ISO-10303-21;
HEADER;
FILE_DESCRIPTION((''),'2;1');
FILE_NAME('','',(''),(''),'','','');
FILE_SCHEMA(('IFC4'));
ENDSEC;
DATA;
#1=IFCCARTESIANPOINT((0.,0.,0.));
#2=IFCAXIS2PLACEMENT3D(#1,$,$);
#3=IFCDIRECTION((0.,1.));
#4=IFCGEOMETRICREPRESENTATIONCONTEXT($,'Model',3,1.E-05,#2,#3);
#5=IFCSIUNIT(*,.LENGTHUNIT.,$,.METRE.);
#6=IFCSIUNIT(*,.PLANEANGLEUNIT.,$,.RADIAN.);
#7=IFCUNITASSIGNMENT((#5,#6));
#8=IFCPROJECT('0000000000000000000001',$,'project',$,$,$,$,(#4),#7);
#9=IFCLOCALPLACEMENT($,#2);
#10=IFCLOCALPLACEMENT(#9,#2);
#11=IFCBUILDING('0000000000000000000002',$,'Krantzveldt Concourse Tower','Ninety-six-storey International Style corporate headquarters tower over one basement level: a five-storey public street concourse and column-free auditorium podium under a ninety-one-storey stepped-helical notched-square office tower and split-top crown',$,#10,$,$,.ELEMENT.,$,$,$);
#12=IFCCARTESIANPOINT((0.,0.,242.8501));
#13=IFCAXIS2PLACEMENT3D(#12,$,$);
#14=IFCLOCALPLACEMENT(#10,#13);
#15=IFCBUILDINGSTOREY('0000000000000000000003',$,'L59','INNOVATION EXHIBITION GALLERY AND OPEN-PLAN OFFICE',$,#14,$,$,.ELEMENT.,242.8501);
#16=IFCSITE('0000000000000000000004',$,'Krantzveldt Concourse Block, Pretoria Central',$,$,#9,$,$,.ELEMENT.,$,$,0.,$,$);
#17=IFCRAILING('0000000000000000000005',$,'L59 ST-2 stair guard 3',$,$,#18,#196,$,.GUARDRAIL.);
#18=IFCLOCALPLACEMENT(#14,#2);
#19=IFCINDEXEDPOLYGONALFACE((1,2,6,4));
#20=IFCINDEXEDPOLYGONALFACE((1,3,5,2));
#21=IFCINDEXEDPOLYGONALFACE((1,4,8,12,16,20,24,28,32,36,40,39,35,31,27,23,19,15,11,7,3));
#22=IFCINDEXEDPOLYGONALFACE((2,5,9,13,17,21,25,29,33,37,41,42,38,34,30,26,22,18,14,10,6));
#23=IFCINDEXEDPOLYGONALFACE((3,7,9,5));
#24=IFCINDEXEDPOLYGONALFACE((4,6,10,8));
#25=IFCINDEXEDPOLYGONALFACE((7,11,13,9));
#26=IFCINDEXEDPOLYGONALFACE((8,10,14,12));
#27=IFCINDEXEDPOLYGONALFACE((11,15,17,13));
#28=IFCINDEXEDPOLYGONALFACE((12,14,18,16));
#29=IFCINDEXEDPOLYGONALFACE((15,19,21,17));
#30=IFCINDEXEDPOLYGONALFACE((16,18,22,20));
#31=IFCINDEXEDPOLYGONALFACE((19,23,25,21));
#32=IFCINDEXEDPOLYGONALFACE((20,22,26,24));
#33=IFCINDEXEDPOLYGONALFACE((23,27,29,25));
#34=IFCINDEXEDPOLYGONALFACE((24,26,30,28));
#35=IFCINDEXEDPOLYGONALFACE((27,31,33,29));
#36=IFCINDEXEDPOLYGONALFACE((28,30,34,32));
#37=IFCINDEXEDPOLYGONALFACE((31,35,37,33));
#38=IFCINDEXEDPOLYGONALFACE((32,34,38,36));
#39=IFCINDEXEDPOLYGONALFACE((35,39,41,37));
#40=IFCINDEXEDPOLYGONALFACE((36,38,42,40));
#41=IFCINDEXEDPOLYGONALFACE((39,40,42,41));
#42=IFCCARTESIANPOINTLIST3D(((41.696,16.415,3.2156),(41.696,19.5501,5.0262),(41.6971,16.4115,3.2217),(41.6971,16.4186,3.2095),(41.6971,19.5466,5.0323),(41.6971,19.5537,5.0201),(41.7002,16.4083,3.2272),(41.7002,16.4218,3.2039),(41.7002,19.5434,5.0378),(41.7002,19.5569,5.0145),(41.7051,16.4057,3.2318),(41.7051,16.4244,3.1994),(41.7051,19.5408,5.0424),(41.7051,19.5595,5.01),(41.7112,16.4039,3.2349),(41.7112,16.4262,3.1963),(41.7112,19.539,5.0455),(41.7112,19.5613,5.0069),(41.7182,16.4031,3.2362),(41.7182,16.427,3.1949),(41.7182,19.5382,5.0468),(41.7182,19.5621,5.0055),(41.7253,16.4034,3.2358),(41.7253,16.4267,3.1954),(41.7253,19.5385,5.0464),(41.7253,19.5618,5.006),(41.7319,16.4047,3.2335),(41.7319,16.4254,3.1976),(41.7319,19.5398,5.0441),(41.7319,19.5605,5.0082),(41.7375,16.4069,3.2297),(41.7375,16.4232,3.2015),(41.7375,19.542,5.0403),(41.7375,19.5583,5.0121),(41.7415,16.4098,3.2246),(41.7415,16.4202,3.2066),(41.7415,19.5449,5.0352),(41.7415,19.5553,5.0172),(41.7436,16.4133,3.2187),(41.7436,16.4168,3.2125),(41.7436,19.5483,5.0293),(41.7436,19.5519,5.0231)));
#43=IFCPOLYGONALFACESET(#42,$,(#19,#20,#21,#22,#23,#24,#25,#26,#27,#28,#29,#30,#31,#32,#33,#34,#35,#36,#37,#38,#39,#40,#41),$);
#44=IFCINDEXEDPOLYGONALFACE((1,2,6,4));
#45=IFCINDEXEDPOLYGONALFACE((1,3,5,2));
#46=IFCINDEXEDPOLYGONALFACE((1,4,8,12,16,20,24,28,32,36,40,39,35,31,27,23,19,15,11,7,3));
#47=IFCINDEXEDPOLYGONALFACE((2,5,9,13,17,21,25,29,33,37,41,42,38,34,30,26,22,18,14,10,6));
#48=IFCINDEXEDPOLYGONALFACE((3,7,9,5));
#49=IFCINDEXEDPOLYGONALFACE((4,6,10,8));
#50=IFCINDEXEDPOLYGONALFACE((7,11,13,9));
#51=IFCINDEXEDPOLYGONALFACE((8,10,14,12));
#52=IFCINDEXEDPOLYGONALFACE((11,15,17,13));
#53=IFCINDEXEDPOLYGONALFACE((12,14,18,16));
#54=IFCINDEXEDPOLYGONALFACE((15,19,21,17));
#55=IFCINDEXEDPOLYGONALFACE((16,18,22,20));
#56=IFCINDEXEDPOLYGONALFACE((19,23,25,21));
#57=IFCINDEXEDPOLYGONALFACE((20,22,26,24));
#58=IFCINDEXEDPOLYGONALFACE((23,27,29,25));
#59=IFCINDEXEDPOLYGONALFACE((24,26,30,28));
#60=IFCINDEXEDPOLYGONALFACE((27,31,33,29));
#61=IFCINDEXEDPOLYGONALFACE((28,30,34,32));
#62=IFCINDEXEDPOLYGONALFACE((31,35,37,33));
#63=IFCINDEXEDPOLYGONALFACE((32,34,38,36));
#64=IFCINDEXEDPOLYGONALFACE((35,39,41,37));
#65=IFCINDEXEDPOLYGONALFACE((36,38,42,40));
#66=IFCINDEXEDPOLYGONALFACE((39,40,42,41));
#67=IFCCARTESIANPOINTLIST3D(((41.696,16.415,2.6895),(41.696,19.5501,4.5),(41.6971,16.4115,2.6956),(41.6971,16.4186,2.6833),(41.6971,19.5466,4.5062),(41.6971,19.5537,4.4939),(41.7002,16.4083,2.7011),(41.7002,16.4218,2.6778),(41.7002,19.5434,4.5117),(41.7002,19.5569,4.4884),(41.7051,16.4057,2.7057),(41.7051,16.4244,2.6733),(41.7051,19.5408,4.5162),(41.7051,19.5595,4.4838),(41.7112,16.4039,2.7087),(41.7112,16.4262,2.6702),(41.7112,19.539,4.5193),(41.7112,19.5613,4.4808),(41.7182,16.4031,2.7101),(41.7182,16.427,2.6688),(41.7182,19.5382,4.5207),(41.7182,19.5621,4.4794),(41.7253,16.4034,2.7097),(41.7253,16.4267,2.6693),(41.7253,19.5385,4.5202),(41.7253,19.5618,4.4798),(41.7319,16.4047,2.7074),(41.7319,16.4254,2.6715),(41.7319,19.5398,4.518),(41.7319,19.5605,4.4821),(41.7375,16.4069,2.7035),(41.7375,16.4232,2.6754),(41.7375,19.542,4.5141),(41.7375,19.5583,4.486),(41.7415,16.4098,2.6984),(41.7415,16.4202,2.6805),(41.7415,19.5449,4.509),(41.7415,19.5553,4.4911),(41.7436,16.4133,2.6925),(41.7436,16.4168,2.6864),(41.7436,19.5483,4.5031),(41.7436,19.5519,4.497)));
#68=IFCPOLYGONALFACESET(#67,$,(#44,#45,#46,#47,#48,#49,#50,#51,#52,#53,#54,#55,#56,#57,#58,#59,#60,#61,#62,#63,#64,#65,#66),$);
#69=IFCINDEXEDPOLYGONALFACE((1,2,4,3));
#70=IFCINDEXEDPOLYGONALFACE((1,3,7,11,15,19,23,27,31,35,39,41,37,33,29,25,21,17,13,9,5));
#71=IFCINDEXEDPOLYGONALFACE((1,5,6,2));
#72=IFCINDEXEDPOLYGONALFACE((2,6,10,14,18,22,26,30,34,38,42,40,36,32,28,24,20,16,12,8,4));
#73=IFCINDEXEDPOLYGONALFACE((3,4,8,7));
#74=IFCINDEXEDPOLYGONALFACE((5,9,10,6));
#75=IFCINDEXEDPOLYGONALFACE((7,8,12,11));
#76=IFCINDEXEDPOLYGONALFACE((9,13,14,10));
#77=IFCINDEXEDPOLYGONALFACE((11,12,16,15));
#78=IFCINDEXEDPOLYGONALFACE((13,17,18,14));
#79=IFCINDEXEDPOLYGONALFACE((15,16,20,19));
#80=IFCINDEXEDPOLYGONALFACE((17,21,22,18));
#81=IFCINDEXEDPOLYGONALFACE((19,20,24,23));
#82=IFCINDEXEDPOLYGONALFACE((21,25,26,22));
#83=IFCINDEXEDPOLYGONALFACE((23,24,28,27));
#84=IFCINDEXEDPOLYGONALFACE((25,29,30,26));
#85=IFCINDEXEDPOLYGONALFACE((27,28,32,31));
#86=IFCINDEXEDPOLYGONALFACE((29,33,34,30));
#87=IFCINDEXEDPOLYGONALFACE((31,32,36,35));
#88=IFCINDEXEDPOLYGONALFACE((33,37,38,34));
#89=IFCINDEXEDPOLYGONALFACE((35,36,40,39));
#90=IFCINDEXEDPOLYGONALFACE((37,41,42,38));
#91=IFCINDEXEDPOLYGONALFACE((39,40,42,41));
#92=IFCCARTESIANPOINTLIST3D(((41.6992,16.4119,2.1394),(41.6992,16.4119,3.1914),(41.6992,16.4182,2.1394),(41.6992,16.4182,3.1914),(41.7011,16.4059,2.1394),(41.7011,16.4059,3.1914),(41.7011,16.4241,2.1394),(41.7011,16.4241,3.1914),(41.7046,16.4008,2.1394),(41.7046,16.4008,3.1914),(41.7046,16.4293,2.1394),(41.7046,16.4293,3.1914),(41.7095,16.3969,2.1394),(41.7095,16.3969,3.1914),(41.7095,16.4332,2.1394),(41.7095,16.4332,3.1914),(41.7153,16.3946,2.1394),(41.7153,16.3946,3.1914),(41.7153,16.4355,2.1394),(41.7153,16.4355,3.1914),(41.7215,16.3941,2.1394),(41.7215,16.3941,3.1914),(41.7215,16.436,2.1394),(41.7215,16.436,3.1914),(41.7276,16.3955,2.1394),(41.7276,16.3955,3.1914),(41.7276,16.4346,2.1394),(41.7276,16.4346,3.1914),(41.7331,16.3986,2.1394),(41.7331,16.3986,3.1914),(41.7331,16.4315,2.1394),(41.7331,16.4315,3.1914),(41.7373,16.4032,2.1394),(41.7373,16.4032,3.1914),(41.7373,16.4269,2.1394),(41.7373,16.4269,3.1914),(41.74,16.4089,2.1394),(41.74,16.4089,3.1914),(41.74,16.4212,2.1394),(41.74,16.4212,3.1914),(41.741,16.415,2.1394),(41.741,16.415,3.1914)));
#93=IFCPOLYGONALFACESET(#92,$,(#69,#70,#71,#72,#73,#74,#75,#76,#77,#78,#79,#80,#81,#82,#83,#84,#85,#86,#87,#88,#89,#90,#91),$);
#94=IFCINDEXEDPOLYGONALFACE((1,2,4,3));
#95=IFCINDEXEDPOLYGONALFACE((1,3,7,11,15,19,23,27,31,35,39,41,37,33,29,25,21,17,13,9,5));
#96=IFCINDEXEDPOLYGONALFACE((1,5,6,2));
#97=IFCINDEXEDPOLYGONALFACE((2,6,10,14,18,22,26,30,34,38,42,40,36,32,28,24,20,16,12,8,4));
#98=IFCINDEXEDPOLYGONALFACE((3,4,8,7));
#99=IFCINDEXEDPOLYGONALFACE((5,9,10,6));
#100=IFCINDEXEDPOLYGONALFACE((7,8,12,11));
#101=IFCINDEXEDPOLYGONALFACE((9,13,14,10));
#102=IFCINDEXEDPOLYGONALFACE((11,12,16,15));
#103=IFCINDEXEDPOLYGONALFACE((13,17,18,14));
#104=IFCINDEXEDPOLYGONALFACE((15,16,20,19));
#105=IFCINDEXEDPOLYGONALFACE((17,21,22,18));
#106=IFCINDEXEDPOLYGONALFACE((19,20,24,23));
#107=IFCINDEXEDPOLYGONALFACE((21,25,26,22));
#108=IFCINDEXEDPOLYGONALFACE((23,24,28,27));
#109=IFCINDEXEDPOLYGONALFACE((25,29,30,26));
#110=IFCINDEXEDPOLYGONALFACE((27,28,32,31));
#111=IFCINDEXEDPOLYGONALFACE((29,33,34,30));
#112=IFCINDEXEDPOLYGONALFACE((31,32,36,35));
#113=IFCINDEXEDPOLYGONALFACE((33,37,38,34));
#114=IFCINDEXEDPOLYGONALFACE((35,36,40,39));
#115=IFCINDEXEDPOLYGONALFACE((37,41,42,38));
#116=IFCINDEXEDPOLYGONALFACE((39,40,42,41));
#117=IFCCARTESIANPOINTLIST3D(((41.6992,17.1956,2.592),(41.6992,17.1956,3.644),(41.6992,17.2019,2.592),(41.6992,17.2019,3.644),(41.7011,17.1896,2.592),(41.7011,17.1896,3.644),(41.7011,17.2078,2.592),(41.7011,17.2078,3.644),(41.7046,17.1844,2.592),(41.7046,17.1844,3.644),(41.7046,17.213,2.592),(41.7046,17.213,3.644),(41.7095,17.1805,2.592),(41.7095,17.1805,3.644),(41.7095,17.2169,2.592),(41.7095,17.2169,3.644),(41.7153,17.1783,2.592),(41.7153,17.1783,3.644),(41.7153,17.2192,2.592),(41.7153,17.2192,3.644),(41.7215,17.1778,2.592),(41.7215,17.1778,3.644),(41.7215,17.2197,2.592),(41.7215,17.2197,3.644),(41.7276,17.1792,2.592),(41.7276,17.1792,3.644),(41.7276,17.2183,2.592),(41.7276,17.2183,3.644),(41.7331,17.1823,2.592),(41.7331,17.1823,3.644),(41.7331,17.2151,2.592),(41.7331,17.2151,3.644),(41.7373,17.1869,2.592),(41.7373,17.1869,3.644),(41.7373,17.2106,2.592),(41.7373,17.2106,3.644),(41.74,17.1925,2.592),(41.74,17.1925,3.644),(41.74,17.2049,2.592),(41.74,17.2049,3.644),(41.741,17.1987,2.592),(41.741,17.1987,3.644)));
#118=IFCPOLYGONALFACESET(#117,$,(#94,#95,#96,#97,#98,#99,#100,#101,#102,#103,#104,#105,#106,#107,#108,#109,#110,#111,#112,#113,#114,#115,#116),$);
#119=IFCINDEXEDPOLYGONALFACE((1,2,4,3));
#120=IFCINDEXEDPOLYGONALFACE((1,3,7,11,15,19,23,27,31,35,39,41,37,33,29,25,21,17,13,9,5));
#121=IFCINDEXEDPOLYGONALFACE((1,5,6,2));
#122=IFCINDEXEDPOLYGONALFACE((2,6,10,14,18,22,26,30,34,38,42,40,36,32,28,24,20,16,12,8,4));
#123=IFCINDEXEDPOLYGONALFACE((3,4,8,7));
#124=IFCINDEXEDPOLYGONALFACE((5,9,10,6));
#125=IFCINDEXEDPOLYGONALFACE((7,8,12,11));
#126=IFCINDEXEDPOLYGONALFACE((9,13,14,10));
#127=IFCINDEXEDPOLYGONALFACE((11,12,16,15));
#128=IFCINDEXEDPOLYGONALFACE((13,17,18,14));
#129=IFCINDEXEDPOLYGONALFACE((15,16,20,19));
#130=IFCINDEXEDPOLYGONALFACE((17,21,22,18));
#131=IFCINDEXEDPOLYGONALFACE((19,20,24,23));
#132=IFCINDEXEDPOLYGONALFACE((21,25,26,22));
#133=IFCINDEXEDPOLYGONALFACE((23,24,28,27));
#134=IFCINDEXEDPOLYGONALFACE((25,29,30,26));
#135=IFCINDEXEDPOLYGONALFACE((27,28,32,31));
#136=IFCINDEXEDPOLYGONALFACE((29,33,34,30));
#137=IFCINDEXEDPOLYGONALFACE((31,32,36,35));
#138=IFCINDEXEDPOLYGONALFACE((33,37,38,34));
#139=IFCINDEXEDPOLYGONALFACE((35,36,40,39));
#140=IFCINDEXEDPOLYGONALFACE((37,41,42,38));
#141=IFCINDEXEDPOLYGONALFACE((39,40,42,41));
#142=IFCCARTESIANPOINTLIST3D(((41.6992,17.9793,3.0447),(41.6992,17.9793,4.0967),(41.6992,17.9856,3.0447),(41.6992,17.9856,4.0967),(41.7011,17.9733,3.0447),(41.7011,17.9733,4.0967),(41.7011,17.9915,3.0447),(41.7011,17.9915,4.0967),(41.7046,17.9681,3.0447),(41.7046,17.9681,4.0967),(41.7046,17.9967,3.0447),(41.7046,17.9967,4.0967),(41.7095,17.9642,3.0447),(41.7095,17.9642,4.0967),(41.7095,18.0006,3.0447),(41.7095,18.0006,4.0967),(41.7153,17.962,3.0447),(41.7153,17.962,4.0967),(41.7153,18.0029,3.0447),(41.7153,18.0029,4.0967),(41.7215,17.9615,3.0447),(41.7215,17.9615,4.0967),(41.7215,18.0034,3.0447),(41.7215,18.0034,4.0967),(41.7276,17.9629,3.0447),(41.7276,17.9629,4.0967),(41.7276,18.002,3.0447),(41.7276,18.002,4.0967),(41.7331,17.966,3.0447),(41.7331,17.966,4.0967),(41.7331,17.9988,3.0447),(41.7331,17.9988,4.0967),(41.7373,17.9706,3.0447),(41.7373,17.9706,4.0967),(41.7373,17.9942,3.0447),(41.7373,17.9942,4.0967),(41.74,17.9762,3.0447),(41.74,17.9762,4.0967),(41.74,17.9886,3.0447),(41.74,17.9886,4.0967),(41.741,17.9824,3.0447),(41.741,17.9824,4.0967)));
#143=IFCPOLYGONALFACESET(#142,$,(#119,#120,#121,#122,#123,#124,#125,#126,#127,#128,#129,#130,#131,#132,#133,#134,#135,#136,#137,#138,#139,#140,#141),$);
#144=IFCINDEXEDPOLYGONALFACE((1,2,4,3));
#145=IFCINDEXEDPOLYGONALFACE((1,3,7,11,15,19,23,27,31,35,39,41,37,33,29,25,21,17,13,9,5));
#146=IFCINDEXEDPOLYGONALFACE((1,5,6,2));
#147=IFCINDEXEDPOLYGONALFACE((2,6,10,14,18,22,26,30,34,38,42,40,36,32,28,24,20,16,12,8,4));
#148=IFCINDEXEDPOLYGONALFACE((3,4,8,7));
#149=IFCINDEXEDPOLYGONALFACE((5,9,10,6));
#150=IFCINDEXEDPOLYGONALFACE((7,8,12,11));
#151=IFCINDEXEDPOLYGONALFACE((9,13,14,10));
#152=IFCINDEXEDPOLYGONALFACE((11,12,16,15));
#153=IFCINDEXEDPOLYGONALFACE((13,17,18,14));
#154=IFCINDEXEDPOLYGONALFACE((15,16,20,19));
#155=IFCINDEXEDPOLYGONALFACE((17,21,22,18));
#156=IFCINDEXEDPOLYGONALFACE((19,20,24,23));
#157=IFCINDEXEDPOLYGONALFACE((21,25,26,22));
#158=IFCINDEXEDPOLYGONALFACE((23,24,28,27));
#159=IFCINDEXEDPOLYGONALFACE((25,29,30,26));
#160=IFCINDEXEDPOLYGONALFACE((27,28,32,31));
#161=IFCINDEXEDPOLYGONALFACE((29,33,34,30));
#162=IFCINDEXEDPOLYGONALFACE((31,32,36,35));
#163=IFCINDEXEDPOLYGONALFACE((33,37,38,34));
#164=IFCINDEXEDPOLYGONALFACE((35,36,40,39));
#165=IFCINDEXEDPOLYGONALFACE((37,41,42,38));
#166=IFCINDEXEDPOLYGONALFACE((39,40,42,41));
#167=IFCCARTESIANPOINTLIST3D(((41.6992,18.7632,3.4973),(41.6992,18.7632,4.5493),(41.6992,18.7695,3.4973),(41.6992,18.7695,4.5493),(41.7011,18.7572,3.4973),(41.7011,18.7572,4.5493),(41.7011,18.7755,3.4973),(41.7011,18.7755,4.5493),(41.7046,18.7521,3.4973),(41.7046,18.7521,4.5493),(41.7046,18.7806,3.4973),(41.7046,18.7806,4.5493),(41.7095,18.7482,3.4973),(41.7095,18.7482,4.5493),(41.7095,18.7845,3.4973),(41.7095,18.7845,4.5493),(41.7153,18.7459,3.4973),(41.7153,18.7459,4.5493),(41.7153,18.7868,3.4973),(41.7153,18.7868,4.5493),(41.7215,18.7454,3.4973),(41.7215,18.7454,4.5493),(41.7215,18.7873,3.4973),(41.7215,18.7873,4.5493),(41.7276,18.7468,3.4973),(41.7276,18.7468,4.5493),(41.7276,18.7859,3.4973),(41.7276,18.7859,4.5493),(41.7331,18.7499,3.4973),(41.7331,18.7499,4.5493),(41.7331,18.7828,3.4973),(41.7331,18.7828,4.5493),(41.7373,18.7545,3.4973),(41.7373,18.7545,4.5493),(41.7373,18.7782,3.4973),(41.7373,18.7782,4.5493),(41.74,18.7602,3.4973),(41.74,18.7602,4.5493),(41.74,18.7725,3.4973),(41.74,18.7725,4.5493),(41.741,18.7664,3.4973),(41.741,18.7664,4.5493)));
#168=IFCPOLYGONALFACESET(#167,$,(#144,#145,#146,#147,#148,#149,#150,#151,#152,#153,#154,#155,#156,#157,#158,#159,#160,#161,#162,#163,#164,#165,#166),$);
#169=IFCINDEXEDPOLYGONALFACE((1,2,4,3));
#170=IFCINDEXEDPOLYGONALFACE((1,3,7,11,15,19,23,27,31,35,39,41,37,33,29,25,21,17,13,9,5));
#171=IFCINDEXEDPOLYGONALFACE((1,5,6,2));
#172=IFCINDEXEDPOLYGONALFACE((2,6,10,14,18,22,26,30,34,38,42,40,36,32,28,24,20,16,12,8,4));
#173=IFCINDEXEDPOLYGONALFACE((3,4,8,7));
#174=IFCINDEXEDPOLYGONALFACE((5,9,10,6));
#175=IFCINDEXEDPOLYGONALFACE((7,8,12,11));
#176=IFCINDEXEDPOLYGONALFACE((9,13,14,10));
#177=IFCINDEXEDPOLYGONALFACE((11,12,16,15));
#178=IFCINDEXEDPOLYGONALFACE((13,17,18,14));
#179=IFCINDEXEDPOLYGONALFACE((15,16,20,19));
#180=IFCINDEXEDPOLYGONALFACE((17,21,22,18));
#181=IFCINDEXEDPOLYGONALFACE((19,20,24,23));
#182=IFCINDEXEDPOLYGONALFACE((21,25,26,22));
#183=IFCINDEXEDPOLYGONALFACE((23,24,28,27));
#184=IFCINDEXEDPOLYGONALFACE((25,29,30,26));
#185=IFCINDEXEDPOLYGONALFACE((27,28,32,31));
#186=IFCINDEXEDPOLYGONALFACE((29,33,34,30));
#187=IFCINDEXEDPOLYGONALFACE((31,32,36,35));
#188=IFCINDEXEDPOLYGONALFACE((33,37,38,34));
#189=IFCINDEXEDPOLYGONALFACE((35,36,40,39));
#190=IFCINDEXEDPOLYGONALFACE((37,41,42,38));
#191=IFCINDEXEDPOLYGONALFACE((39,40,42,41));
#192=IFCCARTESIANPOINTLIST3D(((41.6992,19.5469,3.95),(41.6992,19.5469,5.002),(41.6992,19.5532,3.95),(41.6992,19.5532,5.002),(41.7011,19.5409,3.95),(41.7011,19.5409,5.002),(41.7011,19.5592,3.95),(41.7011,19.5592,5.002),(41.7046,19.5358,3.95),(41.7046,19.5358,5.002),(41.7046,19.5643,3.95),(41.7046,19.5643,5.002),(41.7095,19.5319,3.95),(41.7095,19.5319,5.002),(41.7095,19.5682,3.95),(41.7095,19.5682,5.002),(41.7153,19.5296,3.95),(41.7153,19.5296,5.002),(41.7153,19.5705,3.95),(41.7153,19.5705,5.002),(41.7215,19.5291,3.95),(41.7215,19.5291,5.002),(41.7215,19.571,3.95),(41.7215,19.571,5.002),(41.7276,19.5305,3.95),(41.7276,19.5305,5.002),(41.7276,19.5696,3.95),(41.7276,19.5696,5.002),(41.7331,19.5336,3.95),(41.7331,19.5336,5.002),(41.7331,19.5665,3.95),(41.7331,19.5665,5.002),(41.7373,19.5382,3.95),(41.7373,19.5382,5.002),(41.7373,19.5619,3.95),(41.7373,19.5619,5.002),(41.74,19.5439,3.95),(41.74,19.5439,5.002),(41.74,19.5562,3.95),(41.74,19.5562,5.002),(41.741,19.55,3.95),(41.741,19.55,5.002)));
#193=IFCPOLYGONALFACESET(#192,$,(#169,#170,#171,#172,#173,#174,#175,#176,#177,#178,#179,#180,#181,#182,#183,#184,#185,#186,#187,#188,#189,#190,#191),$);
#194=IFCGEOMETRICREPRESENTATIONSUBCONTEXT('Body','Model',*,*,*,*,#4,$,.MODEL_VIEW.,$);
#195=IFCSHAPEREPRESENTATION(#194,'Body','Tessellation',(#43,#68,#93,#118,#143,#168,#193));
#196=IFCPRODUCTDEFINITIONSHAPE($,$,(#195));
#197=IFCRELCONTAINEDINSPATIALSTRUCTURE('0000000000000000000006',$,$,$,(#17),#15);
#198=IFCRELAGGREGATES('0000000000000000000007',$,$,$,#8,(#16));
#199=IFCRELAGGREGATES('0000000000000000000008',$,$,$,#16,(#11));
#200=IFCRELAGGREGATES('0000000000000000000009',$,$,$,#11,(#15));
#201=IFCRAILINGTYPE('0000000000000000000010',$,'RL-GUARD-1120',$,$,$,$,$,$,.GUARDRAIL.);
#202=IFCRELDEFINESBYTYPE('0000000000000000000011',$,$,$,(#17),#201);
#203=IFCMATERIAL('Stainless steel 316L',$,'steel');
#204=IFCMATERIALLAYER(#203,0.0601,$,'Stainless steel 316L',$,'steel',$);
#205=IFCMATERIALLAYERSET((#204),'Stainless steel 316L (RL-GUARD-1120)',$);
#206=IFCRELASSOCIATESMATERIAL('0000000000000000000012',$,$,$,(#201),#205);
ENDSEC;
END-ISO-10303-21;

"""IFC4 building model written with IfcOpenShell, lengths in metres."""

from ifc_helpers import new_model, si_unit, direction, frame, origin, origin_2d, place, context, subcontext, project, spatial, circle, extrude, material, layer, layer_set, type_object, element, save


model = new_model("IFC4")

# Units and contexts
model_context = context("Model", 3, precision=1e-05, world=origin(), true_north=direction((0.0, 1.0)))
body_context = subcontext(model_context, "Body", "Model", "MODEL_VIEW")
ifc_project = project(units=[si_unit("LENGTHUNIT", "METRE"), si_unit("PLANEANGLEUNIT", "RADIAN")], contexts=[model_context])

# Site, building, storey
site_placement = place(None, origin())
site = spatial("IfcSite", under=ifc_project, at=site_placement, Name="Krantzveldt Concourse Block, Pretoria Central", CompositionType="ELEMENT", RefElevation=0.0)
building_placement = place(site_placement, origin())
building = spatial("IfcBuilding", under=site, at=building_placement, Name="Krantzveldt Concourse Tower", Description="Ninety-six-storey International Style corporate headquarters tower over one basement level: a five-storey public street concourse and column-free auditorium podium under a ninety-one-storey stepped-helical notched-square office tower and split-top crown", CompositionType="ELEMENT")
storey_placement = place(building_placement, frame((0.0, 0.0, 242.8501)))
storey = spatial("IfcBuildingStorey", under=building, at=storey_placement, Name="L59", Description="INNOVATION EXHIBITION GALLERY AND OPEN-PLAN OFFICE", CompositionType="ELEMENT", Elevation=242.8501)

# Shared definitions
ifc_material_1 = material(Name="Stainless steel 316L", Category="steel")

# Railing
ifc_layer_1 = layer(ifc_material_1, 0.0601, Name="Stainless steel 316L", Category="steel")
ifc_layer_set_1 = layer_set([ifc_layer_1], Name="Stainless steel 316L (RL-GUARD-1120)")
railing_type_1 = type_object("IfcRailingType", Name="RL-GUARD-1120", PredefinedType="GUARDRAIL", material=ifc_layer_set_1)
railing_1_placement = place(storey_placement, frame((41.72, 16.415, 2.1394)))
element("IfcRailing", 1, at=railing_1_placement, inside=storey, type_object=railing_type_1, Name="L59 ST-2 stair guard 3", PredefinedType="GUARDRAIL", context=body_context, shape_type="SweptSolid", body=[
    extrude(circle(Radius=0.0239, at=origin_2d()), frame((0.0, 0.0, 1.0762), z_axis=(0.0, 0.86596, 0.500114), x_axis=(-1.0, 0.0, 0.0)), (0.0, 0.0, 1.0), 3.6204),
    extrude(circle(Radius=0.0239, at=origin_2d()), frame((0.0, 0.0, 0.55), z_axis=(0.0, 0.86596, 0.500114), x_axis=(-1.0, 0.0, 0.0)), (0.0, 0.0, 1.0), 3.6204),
    extrude(circle(Radius=0.021, at=origin_2d()), origin(), (0.0, 0.0, 1.0), 1.052),
    extrude(circle(Radius=0.021, at=origin_2d()), frame((0.0, 0.7837, 0.4526)), (0.0, 0.0, 1.0), 1.052),
    extrude(circle(Radius=0.021, at=origin_2d()), frame((0.0, 1.5674, 0.9053)), (0.0, 0.0, 1.0), 1.052),
    extrude(circle(Radius=0.021, at=origin_2d()), frame((0.0, 2.3513, 1.3579)), (0.0, 0.0, 1.0), 1.052),
    extrude(circle(Radius=0.021, at=origin_2d()), frame((0.0, 3.135, 1.8105)), (0.0, 0.0, 1.0), 1.052),
])

save(model, "model.ifc")
